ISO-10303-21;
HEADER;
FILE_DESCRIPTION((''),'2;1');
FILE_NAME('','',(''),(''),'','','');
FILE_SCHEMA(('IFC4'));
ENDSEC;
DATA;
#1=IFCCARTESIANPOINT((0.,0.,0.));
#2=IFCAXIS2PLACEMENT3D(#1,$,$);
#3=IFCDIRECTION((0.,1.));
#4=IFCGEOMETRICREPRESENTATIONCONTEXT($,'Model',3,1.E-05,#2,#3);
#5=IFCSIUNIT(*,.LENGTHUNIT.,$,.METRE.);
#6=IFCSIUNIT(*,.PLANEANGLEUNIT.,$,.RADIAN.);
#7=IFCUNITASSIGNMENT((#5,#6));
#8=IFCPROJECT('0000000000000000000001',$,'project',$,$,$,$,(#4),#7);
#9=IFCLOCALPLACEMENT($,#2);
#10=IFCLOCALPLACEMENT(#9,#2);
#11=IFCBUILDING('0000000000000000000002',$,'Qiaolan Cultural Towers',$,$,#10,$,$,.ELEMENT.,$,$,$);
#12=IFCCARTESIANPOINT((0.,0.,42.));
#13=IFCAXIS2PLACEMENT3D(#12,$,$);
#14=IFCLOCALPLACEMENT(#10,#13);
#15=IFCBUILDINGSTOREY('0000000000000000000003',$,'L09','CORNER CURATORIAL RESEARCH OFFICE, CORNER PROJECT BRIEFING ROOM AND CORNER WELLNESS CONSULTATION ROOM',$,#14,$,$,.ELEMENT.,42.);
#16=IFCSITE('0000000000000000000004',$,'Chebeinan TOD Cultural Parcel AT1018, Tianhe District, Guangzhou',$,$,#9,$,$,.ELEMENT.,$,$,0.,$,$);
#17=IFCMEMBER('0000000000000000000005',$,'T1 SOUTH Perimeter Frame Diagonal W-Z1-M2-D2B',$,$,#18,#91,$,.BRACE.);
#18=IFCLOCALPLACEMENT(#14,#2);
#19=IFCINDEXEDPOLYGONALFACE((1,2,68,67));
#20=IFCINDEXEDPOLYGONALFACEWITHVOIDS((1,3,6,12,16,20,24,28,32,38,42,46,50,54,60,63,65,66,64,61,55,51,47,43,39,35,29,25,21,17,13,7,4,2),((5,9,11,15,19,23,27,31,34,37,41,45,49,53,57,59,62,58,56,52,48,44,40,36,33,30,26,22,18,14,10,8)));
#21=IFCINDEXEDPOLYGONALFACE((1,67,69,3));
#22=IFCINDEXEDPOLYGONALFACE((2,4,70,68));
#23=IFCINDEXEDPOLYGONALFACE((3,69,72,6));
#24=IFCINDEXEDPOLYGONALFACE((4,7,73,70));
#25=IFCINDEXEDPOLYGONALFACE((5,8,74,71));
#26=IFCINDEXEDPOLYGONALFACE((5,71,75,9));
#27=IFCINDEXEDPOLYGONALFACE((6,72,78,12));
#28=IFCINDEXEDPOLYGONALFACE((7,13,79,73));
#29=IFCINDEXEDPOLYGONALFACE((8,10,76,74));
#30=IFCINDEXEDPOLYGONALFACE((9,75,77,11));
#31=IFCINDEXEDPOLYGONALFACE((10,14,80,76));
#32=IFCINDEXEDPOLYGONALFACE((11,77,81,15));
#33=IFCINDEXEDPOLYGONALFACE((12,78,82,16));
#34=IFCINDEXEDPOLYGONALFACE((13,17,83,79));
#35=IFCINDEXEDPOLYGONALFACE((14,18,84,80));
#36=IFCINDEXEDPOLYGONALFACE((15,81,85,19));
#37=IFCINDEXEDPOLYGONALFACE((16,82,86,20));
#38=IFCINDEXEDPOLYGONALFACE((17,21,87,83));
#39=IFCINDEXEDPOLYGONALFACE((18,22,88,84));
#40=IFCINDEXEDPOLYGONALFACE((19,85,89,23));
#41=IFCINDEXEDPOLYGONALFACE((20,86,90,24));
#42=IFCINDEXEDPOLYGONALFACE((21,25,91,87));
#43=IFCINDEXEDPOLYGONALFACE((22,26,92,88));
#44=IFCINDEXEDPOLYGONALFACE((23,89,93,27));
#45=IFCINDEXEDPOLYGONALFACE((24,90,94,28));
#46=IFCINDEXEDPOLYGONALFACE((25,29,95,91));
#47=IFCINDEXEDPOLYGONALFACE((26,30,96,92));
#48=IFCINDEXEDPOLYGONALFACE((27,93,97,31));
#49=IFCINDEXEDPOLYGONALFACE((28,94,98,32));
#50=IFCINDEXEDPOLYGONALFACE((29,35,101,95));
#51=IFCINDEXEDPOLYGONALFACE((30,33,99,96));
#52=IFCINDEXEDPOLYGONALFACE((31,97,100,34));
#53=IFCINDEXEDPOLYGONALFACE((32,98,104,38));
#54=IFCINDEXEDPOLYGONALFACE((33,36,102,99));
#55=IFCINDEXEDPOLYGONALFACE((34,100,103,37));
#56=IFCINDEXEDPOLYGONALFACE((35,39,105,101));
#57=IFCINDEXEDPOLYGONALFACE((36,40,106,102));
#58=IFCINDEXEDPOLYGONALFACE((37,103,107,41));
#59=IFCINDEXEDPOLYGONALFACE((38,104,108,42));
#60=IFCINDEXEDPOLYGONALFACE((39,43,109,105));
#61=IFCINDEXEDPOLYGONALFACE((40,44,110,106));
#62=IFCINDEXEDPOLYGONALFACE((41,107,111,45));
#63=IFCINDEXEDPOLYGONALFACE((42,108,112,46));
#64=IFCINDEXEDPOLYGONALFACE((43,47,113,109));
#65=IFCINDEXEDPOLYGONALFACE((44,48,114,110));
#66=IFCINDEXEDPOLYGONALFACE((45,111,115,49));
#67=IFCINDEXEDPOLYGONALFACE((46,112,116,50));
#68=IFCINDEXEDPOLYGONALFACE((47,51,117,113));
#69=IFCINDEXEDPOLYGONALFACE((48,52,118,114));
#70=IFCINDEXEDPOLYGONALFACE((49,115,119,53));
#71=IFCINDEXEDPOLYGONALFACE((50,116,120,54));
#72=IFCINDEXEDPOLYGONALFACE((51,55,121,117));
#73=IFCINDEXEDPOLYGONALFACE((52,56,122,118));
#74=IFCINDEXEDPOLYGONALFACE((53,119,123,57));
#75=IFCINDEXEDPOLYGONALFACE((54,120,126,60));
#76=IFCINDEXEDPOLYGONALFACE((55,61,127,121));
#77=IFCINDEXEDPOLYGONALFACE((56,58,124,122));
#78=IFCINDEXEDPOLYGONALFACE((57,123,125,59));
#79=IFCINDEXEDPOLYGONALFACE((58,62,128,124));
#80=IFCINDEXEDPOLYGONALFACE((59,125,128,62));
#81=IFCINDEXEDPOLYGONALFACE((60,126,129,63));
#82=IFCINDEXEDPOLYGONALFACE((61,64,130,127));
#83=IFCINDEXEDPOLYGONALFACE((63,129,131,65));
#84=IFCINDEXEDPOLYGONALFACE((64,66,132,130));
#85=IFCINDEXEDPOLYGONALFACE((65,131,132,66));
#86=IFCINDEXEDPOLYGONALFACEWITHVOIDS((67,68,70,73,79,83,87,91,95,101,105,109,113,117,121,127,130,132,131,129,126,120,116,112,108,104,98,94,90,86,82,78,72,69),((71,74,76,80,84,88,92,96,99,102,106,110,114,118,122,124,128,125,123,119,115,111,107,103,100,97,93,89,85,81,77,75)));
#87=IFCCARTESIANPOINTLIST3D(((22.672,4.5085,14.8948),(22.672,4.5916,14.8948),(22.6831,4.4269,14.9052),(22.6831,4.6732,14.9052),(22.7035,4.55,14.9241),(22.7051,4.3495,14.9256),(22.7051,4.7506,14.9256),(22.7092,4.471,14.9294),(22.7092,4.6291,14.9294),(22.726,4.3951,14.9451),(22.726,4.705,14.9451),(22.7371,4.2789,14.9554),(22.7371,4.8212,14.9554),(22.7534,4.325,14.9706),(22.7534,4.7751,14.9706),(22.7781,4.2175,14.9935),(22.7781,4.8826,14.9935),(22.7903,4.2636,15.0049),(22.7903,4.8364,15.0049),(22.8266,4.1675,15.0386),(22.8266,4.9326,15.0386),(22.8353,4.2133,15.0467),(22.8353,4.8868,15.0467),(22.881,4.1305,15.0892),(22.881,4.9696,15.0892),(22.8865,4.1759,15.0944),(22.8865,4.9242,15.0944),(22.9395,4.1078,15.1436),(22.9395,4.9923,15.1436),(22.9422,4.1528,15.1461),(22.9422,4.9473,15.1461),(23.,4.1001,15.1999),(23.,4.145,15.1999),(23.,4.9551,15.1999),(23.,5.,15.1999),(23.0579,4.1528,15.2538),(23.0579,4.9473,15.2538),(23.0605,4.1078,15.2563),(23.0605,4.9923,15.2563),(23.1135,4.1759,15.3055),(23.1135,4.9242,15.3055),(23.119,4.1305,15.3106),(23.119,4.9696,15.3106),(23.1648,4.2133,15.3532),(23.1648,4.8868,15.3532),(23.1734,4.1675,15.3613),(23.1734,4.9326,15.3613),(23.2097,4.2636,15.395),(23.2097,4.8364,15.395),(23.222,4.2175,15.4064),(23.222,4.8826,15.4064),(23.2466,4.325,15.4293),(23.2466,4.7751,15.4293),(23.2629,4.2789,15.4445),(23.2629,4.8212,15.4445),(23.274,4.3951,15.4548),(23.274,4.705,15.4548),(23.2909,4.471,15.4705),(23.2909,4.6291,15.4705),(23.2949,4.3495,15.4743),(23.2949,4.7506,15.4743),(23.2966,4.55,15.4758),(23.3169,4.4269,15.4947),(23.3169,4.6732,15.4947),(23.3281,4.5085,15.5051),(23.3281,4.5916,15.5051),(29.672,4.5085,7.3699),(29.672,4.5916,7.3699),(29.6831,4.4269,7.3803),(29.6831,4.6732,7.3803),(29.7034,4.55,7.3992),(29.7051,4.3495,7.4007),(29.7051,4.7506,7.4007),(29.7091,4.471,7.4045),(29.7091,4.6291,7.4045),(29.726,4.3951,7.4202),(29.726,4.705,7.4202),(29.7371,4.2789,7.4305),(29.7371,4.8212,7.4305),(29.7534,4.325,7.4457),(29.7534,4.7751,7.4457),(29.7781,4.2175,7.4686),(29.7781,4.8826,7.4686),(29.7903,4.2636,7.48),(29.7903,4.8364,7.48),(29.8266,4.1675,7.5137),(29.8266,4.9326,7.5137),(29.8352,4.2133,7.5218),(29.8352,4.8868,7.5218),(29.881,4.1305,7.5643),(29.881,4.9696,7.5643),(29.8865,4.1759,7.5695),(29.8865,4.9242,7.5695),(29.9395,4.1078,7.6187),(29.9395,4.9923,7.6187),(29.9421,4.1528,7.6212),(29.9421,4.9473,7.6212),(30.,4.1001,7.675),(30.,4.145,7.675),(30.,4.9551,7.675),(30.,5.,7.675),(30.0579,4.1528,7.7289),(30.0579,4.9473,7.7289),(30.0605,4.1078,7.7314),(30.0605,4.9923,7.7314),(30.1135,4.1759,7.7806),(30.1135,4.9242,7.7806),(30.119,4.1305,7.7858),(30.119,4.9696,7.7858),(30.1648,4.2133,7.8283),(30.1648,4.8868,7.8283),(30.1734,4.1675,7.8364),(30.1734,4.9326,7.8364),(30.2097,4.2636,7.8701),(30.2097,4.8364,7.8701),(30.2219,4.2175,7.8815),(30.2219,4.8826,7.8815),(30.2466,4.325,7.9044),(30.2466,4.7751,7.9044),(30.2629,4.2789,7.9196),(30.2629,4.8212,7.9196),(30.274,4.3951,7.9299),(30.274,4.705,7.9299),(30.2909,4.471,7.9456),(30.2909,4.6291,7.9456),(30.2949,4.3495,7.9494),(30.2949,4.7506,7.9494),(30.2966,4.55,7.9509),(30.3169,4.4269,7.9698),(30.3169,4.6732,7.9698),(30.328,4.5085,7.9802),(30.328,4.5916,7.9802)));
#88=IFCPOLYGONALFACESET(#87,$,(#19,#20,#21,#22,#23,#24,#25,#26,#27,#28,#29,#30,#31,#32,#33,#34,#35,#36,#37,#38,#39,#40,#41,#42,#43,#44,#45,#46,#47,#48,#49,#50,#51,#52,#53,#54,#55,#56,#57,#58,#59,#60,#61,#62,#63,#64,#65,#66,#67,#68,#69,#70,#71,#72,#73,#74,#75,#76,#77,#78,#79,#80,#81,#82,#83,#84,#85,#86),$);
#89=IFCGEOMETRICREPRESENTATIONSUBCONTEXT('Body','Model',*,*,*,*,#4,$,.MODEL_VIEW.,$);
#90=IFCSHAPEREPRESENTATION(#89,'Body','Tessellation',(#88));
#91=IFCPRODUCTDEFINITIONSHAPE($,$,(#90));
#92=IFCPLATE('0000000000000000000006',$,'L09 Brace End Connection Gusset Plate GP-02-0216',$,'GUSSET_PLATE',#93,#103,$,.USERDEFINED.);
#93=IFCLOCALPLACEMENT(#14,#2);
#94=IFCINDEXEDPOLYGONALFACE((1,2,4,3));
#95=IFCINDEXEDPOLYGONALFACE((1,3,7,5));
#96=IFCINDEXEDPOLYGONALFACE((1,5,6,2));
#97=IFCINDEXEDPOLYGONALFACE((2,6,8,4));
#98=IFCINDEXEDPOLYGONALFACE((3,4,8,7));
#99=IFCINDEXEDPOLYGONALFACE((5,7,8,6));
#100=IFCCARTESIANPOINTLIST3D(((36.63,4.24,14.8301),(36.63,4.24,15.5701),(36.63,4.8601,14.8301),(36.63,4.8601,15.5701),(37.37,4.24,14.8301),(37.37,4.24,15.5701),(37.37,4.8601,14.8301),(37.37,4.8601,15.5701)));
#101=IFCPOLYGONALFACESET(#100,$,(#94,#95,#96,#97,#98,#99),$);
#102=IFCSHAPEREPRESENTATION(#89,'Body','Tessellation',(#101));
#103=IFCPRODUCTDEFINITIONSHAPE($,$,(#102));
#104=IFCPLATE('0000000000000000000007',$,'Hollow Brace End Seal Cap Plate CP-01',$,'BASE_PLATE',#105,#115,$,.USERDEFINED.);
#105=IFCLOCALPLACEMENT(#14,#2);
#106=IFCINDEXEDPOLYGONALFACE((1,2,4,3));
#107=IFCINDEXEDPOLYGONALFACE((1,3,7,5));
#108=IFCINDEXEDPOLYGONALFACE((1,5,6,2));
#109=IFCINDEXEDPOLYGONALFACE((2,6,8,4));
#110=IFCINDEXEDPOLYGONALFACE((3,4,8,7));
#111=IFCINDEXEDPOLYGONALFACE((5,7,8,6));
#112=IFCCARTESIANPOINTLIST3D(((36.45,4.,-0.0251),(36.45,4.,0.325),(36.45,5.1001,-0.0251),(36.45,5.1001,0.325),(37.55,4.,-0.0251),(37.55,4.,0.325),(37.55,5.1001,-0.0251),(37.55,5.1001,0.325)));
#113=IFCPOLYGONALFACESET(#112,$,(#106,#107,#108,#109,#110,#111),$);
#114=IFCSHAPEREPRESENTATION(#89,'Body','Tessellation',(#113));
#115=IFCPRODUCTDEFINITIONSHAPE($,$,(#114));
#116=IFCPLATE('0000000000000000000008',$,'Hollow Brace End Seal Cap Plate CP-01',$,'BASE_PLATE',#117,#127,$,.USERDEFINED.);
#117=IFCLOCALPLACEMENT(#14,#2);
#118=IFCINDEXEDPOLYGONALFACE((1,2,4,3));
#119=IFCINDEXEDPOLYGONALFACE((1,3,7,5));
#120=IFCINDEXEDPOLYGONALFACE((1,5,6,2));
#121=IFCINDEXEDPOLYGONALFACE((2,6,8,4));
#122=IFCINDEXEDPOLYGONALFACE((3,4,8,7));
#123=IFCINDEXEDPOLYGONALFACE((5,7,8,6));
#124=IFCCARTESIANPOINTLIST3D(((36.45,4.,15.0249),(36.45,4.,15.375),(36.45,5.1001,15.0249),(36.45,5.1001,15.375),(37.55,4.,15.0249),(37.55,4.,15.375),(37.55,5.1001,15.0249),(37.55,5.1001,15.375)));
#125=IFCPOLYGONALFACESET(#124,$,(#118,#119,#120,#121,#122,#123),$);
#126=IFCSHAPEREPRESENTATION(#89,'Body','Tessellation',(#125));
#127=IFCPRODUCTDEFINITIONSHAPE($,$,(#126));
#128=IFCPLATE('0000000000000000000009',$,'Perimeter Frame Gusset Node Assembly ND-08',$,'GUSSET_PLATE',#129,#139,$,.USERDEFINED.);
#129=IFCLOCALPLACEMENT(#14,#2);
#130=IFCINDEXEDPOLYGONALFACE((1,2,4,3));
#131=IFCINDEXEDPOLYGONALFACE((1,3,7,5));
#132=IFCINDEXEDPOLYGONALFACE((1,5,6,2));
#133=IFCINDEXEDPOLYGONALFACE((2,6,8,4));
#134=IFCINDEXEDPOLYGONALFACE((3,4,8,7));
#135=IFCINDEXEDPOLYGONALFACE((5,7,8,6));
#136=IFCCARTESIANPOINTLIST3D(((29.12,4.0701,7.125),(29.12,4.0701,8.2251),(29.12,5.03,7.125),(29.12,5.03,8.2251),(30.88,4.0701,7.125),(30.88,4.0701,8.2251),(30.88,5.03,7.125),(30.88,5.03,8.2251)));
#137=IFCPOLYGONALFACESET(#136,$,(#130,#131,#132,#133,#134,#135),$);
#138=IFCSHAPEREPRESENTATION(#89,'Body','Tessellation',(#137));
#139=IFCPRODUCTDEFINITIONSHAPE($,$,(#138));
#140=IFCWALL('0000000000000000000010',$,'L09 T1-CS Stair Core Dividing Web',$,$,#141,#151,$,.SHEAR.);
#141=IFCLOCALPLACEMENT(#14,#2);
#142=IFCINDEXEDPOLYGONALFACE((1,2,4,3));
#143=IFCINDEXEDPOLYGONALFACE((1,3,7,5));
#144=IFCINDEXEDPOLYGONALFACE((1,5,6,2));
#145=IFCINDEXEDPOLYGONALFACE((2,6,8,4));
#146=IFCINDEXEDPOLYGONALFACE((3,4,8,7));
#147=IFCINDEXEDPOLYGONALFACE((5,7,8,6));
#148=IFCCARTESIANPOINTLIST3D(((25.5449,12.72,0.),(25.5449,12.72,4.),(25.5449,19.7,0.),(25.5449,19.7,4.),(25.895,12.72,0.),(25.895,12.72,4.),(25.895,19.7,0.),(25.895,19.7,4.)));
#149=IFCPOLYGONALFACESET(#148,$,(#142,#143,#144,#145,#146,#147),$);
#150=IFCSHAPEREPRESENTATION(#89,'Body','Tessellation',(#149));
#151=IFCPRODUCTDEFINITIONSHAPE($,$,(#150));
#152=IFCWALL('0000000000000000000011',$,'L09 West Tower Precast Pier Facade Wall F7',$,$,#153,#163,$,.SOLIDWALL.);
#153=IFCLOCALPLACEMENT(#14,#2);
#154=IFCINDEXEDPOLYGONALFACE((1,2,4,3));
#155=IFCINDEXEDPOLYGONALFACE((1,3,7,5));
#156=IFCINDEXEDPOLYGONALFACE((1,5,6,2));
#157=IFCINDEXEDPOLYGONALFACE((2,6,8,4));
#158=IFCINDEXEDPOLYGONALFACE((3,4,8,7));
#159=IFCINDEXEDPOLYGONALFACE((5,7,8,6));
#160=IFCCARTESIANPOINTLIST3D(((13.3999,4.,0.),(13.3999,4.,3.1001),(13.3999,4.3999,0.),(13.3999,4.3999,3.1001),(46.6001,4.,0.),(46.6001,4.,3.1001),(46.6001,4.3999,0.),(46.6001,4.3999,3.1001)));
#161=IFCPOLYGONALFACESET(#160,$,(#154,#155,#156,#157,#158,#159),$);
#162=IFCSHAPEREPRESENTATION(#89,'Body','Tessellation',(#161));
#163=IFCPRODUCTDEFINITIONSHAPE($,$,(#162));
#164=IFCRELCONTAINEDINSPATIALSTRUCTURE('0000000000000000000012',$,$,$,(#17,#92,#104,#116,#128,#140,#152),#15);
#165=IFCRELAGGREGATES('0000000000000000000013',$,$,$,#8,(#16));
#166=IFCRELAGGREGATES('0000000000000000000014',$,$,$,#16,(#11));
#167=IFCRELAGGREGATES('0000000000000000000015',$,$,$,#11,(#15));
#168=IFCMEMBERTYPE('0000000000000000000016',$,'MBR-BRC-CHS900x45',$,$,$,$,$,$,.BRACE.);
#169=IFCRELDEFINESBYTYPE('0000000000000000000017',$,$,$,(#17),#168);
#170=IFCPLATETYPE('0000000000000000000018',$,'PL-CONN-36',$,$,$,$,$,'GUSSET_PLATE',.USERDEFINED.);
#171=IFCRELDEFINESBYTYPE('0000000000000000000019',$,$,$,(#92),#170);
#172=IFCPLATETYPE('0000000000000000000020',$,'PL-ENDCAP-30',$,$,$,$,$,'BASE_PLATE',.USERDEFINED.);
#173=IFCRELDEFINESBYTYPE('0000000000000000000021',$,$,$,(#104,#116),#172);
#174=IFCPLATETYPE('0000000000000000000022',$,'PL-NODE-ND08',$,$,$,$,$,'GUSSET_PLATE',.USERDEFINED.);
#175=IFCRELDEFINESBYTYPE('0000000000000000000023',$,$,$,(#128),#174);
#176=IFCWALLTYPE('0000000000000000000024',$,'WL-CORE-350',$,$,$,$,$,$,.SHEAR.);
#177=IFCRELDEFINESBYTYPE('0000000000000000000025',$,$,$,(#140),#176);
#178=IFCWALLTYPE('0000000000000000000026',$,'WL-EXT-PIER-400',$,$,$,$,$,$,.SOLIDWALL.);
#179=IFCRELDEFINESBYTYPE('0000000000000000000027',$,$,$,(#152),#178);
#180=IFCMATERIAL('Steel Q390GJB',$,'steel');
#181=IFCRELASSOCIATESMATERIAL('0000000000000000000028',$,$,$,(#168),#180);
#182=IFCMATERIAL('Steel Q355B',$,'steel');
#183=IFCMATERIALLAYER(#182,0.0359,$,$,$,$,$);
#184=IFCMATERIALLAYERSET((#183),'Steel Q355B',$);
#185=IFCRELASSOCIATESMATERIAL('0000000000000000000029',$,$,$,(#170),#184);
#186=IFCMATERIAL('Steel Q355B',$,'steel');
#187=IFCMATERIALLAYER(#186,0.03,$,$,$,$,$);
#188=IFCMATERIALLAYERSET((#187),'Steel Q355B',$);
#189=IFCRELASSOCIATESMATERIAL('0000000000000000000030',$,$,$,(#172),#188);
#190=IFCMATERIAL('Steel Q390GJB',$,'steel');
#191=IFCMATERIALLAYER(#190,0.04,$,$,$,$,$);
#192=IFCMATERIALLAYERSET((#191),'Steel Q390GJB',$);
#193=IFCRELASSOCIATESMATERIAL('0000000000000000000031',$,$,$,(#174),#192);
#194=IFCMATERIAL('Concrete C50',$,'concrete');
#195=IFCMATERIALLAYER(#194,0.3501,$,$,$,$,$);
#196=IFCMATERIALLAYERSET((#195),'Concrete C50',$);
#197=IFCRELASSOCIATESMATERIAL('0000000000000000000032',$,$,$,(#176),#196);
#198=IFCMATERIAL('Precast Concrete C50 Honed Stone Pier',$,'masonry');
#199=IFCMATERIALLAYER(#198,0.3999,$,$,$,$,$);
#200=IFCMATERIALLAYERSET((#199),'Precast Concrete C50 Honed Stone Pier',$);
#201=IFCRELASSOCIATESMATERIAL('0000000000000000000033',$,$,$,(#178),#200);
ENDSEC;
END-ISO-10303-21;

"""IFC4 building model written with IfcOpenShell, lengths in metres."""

from ifc_helpers import new_model, si_unit, direction, frame, frame_2d, origin, origin_2d, place, context, subcontext, project, spatial, rectangle, hollow_circle, extrude, material, layer, layer_set, material_profile, profile_set, type_object, element, save


model = new_model("IFC4")

# Units and contexts
model_context = context("Model", 3, precision=1e-05, world=origin(), true_north=direction((0.0, 1.0)))
body_context = subcontext(model_context, "Body", "Model", "MODEL_VIEW")
ifc_project = project(units=[si_unit("LENGTHUNIT", "METRE"), si_unit("PLANEANGLEUNIT", "RADIAN")], contexts=[model_context])

# Site, building, storey
site_placement = place(None, origin())
site = spatial("IfcSite", under=ifc_project, at=site_placement, Name="Chebeinan TOD Cultural Parcel AT1018, Tianhe District, Guangzhou", CompositionType="ELEMENT", RefElevation=0.0)
building_placement = place(site_placement, origin())
building = spatial("IfcBuilding", under=site, at=building_placement, Name="Qiaolan Cultural Towers", CompositionType="ELEMENT")
storey_placement = place(building_placement, frame((0.0, 0.0, 42.0)))
storey = spatial("IfcBuildingStorey", under=building, at=storey_placement, Name="L09", Description="CORNER CURATORIAL RESEARCH OFFICE, CORNER PROJECT BRIEFING ROOM AND CORNER WELLNESS CONSULTATION ROOM", CompositionType="ELEMENT", Elevation=42.0)

# Member
ifc_material_1 = material(Name="Steel Q390GJB", Category="steel")
ifc_material_profile_1 = material_profile(ifc_material_1, hollow_circle(Radius=0.45, WallThickness=0.0449, at=origin_2d()), Name="CHS900x45")
ifc_profile_set_1 = profile_set([ifc_material_profile_1], Name="Steel Q390GJB")
member_type = type_object("IfcMemberType", Name="MBR-BRC-CHS900x45", PredefinedType="BRACE", material=ifc_profile_set_1)
member_1_placement = place(storey_placement, frame((30.0, 4.55, 7.675), z_axis=(-0.681109, 0.0, 0.732182), x_axis=(0.0, -1.0, 0.0)))
element("IfcMember", 1, at=member_1_placement, inside=storey, type_object=member_type, Name="T1 SOUTH Perimeter Frame Diagonal W-Z1-M2-D2B", PredefinedType="BRACE", context=body_context, shape_type="SweptSolid", body=[
    extrude(hollow_circle(Radius=0.45, WallThickness=0.0449, at=origin_2d()), origin(), (0.0, 0.0, 1.0), 10.2773),
])

# Plates
ifc_material_2 = material(Name="Steel Q355B", Category="steel")
ifc_layer_1 = layer(ifc_material_2, 0.0359)
ifc_layer_set_1 = layer_set([ifc_layer_1], Name="Steel Q355B")
plate_type_1 = type_object("IfcPlateType", Name="PL-CONN-36", ElementType="GUSSET_PLATE", PredefinedType="USERDEFINED", material=ifc_layer_set_1)
plate_1_placement = place(storey_placement, frame((37.0, 4.55, 14.8301), z_axis=(0.0, 0.0, 1.0), x_axis=(1.0, 0.0, 0.0)))
element("IfcPlate", 2, at=plate_1_placement, inside=storey, type_object=plate_type_1, Name="L09 Brace End Connection Gusset Plate GP-02-0216", ObjectType="GUSSET_PLATE", PredefinedType="USERDEFINED", context=body_context, shape_type="SweptSolid", body=[
    extrude(rectangle(XDim=0.74, YDim=0.6201, at=origin_2d()), origin(), (0.0, 0.0, 1.0), 0.74),
])
ifc_material_3 = material(Name="Steel Q355B", Category="steel")
ifc_layer_2 = layer(ifc_material_3, 0.03)
ifc_layer_set_2 = layer_set([ifc_layer_2], Name="Steel Q355B")
plate_type_2 = type_object("IfcPlateType", Name="PL-ENDCAP-30", ElementType="BASE_PLATE", PredefinedType="USERDEFINED", material=ifc_layer_set_2)
for number, where, z_axis, x_axis, name in (
    (3, (37.0, 4.55, -0.0251), (0.0, 0.0, 1.0), (1.0, 0.0, 0.0), "Hollow Brace End Seal Cap Plate CP-01"),
    (4, (37.0, 4.55, 15.0249), (0.0, 0.0, 1.0), (1.0, 0.0, 0.0), "Hollow Brace End Seal Cap Plate CP-01"),
):
    element("IfcPlate", number, at=place(storey_placement, frame(where, z_axis=z_axis, x_axis=x_axis)), inside=storey, type_object=plate_type_2, Name=name, ObjectType="BASE_PLATE", PredefinedType="USERDEFINED", context=body_context, shape_type="SweptSolid", body=[
        extrude(rectangle(XDim=1.1001, YDim=1.1001, at=origin_2d()), origin(), (0.0, 0.0, 1.0), 0.3501),
    ])
ifc_material_4 = material(Name="Steel Q390GJB", Category="steel")
ifc_layer_3 = layer(ifc_material_4, 0.04)
ifc_layer_set_3 = layer_set([ifc_layer_3], Name="Steel Q390GJB")
plate_type_3 = type_object("IfcPlateType", Name="PL-NODE-ND08", ElementType="GUSSET_PLATE", PredefinedType="USERDEFINED", material=ifc_layer_set_3)
plate_2_placement = place(storey_placement, frame((30.0, 4.55, 7.125), z_axis=(0.0, 0.0, 1.0), x_axis=(1.0, 0.0, 0.0)))
element("IfcPlate", 5, at=plate_2_placement, inside=storey, type_object=plate_type_3, Name="Perimeter Frame Gusset Node Assembly ND-08", ObjectType="GUSSET_PLATE", PredefinedType="USERDEFINED", context=body_context, shape_type="SweptSolid", body=[
    extrude(rectangle(XDim=1.76, YDim=0.96, at=origin_2d()), origin(), (0.0, 0.0, 1.0), 1.1001),
])

# Walls
ifc_material_5 = material(Name="Concrete C50", Category="concrete")
ifc_layer_4 = layer(ifc_material_5, 0.3501)
ifc_layer_set_4 = layer_set([ifc_layer_4], Name="Concrete C50")
wall_type_1 = type_object("IfcWallType", Name="WL-CORE-350", PredefinedType="SHEAR", material=ifc_layer_set_4)
wall_1_placement = place(storey_placement, frame((25.72, 19.7, 0.0), z_axis=(0.0, 0.0, 1.0), x_axis=(0.0, -1.0, 0.0)))
element("IfcWall", 6, at=wall_1_placement, inside=storey, type_object=wall_type_1, Name="L09 T1-CS Stair Core Dividing Web", PredefinedType="SHEAR", context=body_context, shape_type="SweptSolid", body=[
    extrude(rectangle(XDim=6.98, YDim=0.3501, at=frame_2d((3.49, 0.0))), origin(), (0.0, 0.0, 1.0), 4.0),
])
ifc_material_6 = material(Name="Precast Concrete C50 Honed Stone Pier", Category="masonry")
ifc_layer_5 = layer(ifc_material_6, 0.3999)
ifc_layer_set_5 = layer_set([ifc_layer_5], Name="Precast Concrete C50 Honed Stone Pier")
wall_type_2 = type_object("IfcWallType", Name="WL-EXT-PIER-400", PredefinedType="SOLIDWALL", material=ifc_layer_set_5)
wall_2_placement = place(storey_placement, frame((46.6001, 4.2, 0.0), z_axis=(0.0, 0.0, 1.0), x_axis=(-1.0, 0.0, 0.0)))
element("IfcWall", 7, at=wall_2_placement, inside=storey, type_object=wall_type_2, Name="L09 West Tower Precast Pier Facade Wall F7", PredefinedType="SOLIDWALL", context=body_context, shape_type="SweptSolid", body=[
    extrude(rectangle(XDim=33.2002, YDim=0.3999, at=frame_2d((16.6001, 0.0))), origin(), (0.0, 0.0, 1.0), 3.1001),
])

save(model, "model.ifc")
